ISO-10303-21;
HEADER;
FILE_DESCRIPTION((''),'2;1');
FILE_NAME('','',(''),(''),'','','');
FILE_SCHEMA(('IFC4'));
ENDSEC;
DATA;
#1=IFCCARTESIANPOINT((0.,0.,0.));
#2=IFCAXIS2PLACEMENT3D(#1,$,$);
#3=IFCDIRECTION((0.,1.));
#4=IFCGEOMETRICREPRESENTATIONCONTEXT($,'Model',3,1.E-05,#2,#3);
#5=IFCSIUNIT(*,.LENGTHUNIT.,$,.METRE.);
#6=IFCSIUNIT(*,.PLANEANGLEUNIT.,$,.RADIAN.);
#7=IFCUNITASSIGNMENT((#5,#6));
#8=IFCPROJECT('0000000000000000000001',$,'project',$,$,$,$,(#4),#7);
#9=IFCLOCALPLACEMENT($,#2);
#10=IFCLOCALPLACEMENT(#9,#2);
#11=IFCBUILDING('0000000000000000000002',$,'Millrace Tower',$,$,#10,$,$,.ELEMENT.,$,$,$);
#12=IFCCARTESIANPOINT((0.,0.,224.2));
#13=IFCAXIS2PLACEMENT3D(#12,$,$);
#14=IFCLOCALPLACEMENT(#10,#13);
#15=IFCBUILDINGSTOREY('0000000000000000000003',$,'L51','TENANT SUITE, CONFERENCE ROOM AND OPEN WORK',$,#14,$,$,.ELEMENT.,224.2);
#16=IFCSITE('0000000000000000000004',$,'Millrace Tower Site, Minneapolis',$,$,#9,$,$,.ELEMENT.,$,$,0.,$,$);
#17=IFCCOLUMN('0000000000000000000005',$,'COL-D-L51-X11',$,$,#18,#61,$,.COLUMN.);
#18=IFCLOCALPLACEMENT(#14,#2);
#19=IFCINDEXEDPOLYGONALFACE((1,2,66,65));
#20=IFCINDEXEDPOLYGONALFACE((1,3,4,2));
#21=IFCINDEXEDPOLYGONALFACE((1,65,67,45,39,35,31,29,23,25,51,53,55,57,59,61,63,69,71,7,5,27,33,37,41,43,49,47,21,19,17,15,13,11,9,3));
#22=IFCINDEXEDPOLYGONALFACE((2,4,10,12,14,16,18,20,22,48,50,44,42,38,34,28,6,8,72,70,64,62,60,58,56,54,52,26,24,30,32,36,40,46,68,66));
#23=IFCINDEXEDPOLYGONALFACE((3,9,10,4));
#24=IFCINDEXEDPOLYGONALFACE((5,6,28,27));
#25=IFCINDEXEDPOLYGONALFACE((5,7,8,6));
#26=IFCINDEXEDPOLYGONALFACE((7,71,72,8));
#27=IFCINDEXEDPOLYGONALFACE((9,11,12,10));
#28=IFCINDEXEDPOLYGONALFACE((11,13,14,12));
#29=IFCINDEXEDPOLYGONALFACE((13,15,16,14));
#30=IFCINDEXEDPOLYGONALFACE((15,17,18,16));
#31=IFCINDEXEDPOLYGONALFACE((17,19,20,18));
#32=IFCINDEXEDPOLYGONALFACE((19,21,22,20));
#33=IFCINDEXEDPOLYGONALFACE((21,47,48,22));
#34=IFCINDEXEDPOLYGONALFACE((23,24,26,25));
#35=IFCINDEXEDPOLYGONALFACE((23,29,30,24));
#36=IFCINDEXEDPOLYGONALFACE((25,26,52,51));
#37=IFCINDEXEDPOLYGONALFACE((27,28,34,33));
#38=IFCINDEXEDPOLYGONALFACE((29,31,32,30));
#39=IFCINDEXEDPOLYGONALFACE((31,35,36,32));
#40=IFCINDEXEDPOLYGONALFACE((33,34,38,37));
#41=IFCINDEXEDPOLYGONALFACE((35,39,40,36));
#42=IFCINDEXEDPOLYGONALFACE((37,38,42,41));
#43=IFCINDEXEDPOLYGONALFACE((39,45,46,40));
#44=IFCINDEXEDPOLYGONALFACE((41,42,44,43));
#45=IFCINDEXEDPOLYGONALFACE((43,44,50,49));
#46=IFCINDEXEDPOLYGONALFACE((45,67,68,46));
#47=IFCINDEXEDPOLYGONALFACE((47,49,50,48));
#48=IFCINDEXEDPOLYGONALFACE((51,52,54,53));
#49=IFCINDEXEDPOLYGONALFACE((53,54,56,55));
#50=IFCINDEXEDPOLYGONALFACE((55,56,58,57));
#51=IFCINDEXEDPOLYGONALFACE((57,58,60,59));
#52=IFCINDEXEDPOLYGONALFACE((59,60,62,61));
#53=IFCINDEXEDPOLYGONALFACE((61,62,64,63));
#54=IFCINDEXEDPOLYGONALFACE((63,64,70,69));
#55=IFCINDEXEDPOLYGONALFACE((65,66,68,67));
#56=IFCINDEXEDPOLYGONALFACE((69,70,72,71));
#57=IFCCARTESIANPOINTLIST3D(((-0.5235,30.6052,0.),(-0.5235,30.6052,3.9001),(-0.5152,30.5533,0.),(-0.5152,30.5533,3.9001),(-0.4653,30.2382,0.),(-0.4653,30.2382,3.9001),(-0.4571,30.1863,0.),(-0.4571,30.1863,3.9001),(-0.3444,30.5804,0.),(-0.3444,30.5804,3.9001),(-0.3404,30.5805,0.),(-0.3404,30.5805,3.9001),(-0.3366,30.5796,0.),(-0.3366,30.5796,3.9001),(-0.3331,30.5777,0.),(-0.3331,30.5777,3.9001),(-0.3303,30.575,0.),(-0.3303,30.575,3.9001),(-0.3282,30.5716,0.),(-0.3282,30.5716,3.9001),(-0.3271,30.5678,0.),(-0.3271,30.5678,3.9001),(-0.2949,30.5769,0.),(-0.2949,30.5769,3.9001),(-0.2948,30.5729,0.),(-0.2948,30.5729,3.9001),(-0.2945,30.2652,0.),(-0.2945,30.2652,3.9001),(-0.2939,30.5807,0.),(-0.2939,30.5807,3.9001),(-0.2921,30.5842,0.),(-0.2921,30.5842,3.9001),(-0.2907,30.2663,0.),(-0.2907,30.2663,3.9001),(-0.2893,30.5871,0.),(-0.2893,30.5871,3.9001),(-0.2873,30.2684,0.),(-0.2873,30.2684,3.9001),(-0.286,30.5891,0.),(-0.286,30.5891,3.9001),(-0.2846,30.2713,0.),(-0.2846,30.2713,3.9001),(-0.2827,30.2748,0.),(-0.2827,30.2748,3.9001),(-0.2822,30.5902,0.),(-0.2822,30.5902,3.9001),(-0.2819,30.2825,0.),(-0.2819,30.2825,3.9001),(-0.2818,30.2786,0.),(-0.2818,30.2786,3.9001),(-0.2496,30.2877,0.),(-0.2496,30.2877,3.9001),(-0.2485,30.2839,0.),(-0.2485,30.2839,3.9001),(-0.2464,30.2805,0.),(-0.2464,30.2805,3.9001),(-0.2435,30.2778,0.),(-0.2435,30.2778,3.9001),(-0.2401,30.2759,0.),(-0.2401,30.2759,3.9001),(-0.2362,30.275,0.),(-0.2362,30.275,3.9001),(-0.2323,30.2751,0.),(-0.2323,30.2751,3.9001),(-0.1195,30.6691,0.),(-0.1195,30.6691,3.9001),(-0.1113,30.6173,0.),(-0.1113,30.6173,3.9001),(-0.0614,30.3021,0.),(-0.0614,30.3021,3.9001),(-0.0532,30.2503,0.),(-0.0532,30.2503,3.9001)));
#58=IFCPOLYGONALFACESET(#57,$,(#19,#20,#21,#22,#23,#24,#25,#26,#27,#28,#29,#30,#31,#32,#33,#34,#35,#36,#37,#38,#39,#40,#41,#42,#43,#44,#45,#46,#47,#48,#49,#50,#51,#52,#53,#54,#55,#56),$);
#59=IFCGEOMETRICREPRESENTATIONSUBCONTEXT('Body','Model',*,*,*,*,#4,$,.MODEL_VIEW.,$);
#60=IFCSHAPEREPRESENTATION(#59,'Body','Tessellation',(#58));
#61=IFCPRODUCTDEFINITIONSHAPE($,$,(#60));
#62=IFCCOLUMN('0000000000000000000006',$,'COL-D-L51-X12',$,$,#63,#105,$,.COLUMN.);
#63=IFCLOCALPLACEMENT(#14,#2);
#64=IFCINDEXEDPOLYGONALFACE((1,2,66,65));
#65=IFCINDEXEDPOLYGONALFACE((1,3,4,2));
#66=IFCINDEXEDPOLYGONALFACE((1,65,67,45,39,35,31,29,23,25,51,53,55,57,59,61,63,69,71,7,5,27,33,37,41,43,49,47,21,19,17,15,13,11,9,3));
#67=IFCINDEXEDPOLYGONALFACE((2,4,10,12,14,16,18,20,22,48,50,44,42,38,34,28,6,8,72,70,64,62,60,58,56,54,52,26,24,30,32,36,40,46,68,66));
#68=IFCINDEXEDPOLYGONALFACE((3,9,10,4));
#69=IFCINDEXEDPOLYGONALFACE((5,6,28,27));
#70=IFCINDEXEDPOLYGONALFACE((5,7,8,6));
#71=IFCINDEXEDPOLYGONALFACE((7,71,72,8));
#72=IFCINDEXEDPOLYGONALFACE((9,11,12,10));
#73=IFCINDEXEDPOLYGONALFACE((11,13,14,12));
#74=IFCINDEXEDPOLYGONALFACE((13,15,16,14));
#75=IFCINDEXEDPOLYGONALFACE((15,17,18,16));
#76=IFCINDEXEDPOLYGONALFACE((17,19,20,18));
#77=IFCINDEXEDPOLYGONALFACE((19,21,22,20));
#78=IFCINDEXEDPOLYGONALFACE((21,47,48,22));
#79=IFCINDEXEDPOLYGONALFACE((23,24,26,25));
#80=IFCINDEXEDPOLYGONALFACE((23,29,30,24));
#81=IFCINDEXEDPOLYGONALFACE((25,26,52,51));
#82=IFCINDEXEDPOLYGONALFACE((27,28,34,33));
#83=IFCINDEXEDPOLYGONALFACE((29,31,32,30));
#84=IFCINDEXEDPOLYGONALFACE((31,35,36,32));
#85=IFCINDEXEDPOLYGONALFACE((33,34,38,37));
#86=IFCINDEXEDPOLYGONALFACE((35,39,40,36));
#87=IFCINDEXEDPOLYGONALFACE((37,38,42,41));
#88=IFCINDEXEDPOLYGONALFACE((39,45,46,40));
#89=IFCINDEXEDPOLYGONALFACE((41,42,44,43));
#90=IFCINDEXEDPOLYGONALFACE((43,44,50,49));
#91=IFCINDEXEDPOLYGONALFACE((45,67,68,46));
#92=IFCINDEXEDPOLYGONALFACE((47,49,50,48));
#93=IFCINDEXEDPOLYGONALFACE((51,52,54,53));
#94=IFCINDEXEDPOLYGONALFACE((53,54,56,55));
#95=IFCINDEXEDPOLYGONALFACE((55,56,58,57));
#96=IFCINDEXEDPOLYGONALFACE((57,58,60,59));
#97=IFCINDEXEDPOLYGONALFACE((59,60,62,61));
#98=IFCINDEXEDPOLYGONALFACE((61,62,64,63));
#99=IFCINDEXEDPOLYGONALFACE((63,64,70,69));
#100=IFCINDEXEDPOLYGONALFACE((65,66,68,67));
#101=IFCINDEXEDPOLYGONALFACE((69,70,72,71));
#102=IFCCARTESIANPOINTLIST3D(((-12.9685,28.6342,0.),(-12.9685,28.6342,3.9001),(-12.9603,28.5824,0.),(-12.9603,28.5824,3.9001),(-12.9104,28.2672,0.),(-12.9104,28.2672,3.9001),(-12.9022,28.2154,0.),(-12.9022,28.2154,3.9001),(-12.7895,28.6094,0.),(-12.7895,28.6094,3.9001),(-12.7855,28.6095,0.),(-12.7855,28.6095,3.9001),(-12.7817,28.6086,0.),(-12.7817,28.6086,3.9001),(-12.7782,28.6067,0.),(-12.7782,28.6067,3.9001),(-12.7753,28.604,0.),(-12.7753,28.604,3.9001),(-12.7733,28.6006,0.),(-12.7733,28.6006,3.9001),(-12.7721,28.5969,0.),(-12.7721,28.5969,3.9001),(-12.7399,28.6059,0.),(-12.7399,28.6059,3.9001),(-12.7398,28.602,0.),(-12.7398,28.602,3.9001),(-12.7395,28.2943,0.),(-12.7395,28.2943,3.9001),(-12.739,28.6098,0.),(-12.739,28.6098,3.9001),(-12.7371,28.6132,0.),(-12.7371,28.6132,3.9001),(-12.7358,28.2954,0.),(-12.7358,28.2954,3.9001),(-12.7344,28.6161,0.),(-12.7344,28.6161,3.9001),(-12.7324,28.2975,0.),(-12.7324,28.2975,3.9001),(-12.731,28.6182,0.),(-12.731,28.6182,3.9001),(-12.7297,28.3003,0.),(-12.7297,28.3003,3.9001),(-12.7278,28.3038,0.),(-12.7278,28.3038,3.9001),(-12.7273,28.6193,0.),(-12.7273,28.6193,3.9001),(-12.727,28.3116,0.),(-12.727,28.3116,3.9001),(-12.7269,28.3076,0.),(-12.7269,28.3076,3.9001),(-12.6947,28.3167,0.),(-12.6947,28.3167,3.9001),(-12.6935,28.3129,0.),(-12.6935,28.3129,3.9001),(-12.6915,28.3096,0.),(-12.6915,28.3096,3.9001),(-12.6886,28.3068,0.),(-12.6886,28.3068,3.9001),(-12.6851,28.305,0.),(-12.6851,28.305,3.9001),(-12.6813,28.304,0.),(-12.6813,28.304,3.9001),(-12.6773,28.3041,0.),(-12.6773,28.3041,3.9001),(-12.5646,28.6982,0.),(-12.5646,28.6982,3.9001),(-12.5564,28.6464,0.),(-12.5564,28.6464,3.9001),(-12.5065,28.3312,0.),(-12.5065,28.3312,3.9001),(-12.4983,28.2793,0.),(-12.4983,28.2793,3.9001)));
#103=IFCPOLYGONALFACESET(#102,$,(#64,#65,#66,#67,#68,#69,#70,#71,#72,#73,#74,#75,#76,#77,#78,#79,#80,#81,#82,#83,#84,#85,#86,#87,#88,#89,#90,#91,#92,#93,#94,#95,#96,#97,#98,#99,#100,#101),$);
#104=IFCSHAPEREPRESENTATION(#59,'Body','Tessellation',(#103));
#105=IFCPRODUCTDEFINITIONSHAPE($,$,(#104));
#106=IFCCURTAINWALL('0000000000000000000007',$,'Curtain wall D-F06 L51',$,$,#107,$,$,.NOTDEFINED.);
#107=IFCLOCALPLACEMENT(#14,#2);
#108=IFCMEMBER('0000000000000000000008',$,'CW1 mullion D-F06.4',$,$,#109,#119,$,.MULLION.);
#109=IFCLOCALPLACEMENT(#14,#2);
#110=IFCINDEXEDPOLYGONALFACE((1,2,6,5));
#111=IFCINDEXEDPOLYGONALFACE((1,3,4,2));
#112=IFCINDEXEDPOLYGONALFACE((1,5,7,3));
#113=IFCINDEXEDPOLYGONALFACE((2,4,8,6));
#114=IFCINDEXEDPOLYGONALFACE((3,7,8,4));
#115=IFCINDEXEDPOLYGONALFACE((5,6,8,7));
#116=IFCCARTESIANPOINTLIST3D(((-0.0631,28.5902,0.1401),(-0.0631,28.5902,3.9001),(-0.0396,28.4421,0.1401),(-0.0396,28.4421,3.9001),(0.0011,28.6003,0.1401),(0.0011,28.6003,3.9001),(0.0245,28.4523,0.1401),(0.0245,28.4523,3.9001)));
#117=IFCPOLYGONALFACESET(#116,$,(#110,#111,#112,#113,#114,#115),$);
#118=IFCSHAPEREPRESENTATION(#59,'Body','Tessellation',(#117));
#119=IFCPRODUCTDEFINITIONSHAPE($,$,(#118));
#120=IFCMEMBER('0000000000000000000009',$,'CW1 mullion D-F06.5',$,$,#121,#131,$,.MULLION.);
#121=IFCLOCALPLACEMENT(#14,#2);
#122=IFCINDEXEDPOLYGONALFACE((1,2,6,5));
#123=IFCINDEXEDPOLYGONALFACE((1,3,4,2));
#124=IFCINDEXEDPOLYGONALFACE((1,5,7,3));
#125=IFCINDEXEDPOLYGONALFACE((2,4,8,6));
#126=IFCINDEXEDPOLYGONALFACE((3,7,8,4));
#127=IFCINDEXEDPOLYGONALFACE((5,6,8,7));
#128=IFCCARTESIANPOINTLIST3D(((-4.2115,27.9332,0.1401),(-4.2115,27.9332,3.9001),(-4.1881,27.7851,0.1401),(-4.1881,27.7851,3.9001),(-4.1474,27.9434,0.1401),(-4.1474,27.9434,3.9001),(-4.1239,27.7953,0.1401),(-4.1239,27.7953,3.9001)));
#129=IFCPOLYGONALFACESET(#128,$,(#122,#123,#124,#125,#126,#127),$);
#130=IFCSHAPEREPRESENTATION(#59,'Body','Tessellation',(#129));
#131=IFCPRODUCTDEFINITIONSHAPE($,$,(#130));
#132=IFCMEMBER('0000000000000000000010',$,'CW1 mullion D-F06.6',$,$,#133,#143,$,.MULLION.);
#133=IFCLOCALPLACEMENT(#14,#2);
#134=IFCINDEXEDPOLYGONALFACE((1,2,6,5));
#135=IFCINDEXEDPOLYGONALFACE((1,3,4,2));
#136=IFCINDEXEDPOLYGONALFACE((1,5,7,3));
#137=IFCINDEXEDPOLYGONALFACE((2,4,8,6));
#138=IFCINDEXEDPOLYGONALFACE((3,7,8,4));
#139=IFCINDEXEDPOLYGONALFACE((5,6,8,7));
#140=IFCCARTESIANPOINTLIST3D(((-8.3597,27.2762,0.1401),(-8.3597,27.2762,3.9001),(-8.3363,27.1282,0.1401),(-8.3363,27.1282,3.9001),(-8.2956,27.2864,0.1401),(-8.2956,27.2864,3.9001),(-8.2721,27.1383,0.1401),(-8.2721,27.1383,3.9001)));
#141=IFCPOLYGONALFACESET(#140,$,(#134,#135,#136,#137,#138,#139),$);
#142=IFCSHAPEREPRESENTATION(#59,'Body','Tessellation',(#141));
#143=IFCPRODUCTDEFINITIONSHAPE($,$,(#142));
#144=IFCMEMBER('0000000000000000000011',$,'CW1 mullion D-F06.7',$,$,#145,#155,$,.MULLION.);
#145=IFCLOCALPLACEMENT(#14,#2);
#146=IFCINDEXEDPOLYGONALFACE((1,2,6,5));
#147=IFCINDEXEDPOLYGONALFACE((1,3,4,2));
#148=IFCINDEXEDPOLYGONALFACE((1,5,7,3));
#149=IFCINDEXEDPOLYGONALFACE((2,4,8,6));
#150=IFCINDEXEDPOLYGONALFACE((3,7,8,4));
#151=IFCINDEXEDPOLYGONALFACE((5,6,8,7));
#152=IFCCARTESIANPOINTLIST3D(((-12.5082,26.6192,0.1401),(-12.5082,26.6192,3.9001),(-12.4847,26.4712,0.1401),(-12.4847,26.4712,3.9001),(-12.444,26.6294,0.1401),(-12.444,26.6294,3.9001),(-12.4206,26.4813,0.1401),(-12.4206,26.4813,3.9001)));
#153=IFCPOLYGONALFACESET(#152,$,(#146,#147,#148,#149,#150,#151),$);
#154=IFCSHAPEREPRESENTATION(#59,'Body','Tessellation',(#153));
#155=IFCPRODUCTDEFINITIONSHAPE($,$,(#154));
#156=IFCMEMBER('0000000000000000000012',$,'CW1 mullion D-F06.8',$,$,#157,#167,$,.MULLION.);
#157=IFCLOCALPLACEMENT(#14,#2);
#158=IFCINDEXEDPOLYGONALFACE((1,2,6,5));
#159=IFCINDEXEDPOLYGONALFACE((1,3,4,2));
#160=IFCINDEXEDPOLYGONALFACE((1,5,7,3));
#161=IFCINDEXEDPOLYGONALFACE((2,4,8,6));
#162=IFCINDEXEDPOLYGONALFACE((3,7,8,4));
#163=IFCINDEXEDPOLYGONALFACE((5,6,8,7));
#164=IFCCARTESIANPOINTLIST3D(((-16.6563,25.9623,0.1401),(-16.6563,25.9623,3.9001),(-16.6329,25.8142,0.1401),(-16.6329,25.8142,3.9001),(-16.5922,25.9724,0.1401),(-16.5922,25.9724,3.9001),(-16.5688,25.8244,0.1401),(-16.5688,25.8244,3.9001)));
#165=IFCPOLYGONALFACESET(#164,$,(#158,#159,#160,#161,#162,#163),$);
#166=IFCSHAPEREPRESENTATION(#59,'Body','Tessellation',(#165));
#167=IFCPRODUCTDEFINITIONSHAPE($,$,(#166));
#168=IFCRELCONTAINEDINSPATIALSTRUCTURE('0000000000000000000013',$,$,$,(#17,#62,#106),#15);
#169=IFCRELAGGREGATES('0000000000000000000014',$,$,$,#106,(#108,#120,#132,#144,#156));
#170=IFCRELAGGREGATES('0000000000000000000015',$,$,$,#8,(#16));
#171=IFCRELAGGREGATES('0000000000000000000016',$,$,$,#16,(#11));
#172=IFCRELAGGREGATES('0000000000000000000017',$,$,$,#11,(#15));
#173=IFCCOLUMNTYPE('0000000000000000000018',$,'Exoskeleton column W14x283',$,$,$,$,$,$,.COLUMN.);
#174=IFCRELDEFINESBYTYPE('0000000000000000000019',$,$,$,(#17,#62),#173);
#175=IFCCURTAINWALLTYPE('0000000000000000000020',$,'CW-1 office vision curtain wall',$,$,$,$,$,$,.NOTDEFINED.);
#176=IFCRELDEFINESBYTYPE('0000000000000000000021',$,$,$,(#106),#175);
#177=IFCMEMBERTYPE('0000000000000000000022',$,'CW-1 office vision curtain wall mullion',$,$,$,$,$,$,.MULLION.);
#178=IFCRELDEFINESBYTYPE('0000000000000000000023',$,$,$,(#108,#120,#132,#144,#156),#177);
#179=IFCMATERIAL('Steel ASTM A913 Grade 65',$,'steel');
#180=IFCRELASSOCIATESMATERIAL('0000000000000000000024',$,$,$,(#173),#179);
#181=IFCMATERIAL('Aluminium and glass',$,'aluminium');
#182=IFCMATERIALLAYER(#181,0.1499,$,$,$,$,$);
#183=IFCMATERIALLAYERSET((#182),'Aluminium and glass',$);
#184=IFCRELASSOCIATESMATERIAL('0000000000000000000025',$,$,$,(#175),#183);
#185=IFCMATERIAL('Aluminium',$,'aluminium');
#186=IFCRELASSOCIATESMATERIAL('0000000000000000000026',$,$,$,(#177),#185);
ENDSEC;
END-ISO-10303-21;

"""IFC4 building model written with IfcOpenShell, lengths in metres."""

from ifc_helpers import new_model, si_unit, direction, frame, origin, origin_2d, place, context, subcontext, project, spatial, rectangle, i_section, extrude, material, layer, layer_set, material_profile, profile_set, type_object, element, aggregate, save


model = new_model("IFC4")

# Units and contexts
model_context = context("Model", 3, precision=1e-05, world=origin(), true_north=direction((0.0, 1.0)))
body_context = subcontext(model_context, "Body", "Model", "MODEL_VIEW")
ifc_project = project(units=[si_unit("LENGTHUNIT", "METRE"), si_unit("PLANEANGLEUNIT", "RADIAN")], contexts=[model_context])

# Site, building, storey
site_placement = place(None, origin())
site = spatial("IfcSite", under=ifc_project, at=site_placement, Name="Millrace Tower Site, Minneapolis", CompositionType="ELEMENT", RefElevation=0.0)
building_placement = place(site_placement, origin())
building = spatial("IfcBuilding", under=site, at=building_placement, Name="Millrace Tower", CompositionType="ELEMENT")
storey_placement = place(building_placement, frame((0.0, 0.0, 224.2)))
storey = spatial("IfcBuildingStorey", under=building, at=storey_placement, Name="L51", Description="TENANT SUITE, CONFERENCE ROOM AND OPEN WORK", CompositionType="ELEMENT", Elevation=224.2)

# Columns
ifc_material_1 = material(Name="Steel ASTM A913 Grade 65", Category="steel")
ifc_material_profile_1 = material_profile(ifc_material_1, i_section(OverallWidth=0.4089, OverallDepth=0.4241, WebThickness=0.0327, FlangeThickness=0.0525, FilletRadius=0.0151, at=origin_2d()))
ifc_profile_set_1 = profile_set([ifc_material_profile_1], Name="Steel ASTM A913 Grade 65")
column_type = type_object("IfcColumnType", Name="Exoskeleton column W14x283", PredefinedType="COLUMN", material=ifc_profile_set_1)
for number, where, z_axis, x_axis, name in (
    (1, (-0.2883, 30.4277, 0.0), (0.0, 0.0, 1.0), (-0.987688, -0.156434, 0.0), "COL-D-L51-X11"),
    (2, (-12.7334, 28.4568, 0.0), (0.0, 0.0, 1.0), (-0.987688, -0.156434, 0.0), "COL-D-L51-X12"),
):
    element("IfcColumn", number, at=place(storey_placement, frame(where, z_axis=z_axis, x_axis=x_axis)), inside=storey, type_object=column_type, Name=name, PredefinedType="COLUMN", context=body_context, shape_type="SweptSolid", body=[
        extrude(i_section(OverallWidth=0.4089, OverallDepth=0.4241, WebThickness=0.0327, FlangeThickness=0.0525, FilletRadius=0.0151, at=origin_2d()), origin(), (0.0, 0.0, 1.0), 3.9001),
    ])

# Curtain wall, members
ifc_material_2 = material(Name="Aluminium and glass", Category="aluminium")
ifc_layer_1 = layer(ifc_material_2, 0.1499)
ifc_layer_set_1 = layer_set([ifc_layer_1], Name="Aluminium and glass")
curtain_wall_type = type_object("IfcCurtainWallType", Name="CW-1 office vision curtain wall", PredefinedType="NOTDEFINED", material=ifc_layer_set_1)
curtain_wall_placement = place(storey_placement, origin())
curtain_wall = element("IfcCurtainWall", 3, at=curtain_wall_placement, inside=storey, type_object=curtain_wall_type, Name="Curtain wall D-F06 L51", PredefinedType="NOTDEFINED")
ifc_material_3 = material(Name="Aluminium", Category="aluminium")
ifc_material_profile_2 = material_profile(ifc_material_3, rectangle(XDim=0.0649, YDim=0.1499, at=origin_2d()))
ifc_profile_set_2 = profile_set([ifc_material_profile_2], Name="Aluminium")
member_type = type_object("IfcMemberType", Name="CW-1 office vision curtain wall mullion", PredefinedType="MULLION", material=ifc_profile_set_2)
member_1_placement = place(storey_placement, frame((-0.0193, 28.5212, 0.1401), z_axis=(0.0, 0.0, 1.0), x_axis=(-0.987688, -0.156434, 0.0)))
member_1 = element("IfcMember", 4, at=member_1_placement, type_object=member_type, Name="CW1 mullion D-F06.4", PredefinedType="MULLION", context=body_context, shape_type="SweptSolid", body=[
    extrude(rectangle(XDim=0.0649, YDim=0.1499, at=origin_2d()), origin(), (0.0, 0.0, 1.0), 3.76),
])
member_2_placement = place(storey_placement, frame((-4.1677, 27.8643, 0.1401), z_axis=(0.0, 0.0, 1.0), x_axis=(-0.987688, -0.156434, 0.0)))
member_2 = element("IfcMember", 5, at=member_2_placement, type_object=member_type, Name="CW1 mullion D-F06.5", PredefinedType="MULLION", context=body_context, shape_type="SweptSolid", body=[
    extrude(rectangle(XDim=0.0649, YDim=0.1499, at=origin_2d()), origin(), (0.0, 0.0, 1.0), 3.76),
])
member_3_placement = place(storey_placement, frame((-8.3159, 27.2073, 0.1401), z_axis=(0.0, 0.0, 1.0), x_axis=(-0.987688, -0.156434, 0.0)))
member_3 = element("IfcMember", 6, at=member_3_placement, type_object=member_type, Name="CW1 mullion D-F06.6", PredefinedType="MULLION", context=body_context, shape_type="SweptSolid", body=[
    extrude(rectangle(XDim=0.0649, YDim=0.1499, at=origin_2d()), origin(), (0.0, 0.0, 1.0), 3.76),
])
member_4_placement = place(storey_placement, frame((-12.4644, 26.5503, 0.1401), z_axis=(0.0, 0.0, 1.0), x_axis=(-0.987688, -0.156434, 0.0)))
member_4 = element("IfcMember", 7, at=member_4_placement, type_object=member_type, Name="CW1 mullion D-F06.7", PredefinedType="MULLION", context=body_context, shape_type="SweptSolid", body=[
    extrude(rectangle(XDim=0.0649, YDim=0.1499, at=origin_2d()), origin(), (0.0, 0.0, 1.0), 3.76),
])
member_5_placement = place(storey_placement, frame((-16.6125, 25.8933, 0.1401), z_axis=(0.0, 0.0, 1.0), x_axis=(-0.987688, -0.156434, 0.0)))
member_5 = element("IfcMember", 8, at=member_5_placement, type_object=member_type, Name="CW1 mullion D-F06.8", PredefinedType="MULLION", context=body_context, shape_type="SweptSolid", body=[
    extrude(rectangle(XDim=0.0649, YDim=0.1499, at=origin_2d()), origin(), (0.0, 0.0, 1.0), 3.76),
])
aggregate(curtain_wall, [member_1, member_2, member_3, member_4, member_5])

save(model, "model.ifc")
